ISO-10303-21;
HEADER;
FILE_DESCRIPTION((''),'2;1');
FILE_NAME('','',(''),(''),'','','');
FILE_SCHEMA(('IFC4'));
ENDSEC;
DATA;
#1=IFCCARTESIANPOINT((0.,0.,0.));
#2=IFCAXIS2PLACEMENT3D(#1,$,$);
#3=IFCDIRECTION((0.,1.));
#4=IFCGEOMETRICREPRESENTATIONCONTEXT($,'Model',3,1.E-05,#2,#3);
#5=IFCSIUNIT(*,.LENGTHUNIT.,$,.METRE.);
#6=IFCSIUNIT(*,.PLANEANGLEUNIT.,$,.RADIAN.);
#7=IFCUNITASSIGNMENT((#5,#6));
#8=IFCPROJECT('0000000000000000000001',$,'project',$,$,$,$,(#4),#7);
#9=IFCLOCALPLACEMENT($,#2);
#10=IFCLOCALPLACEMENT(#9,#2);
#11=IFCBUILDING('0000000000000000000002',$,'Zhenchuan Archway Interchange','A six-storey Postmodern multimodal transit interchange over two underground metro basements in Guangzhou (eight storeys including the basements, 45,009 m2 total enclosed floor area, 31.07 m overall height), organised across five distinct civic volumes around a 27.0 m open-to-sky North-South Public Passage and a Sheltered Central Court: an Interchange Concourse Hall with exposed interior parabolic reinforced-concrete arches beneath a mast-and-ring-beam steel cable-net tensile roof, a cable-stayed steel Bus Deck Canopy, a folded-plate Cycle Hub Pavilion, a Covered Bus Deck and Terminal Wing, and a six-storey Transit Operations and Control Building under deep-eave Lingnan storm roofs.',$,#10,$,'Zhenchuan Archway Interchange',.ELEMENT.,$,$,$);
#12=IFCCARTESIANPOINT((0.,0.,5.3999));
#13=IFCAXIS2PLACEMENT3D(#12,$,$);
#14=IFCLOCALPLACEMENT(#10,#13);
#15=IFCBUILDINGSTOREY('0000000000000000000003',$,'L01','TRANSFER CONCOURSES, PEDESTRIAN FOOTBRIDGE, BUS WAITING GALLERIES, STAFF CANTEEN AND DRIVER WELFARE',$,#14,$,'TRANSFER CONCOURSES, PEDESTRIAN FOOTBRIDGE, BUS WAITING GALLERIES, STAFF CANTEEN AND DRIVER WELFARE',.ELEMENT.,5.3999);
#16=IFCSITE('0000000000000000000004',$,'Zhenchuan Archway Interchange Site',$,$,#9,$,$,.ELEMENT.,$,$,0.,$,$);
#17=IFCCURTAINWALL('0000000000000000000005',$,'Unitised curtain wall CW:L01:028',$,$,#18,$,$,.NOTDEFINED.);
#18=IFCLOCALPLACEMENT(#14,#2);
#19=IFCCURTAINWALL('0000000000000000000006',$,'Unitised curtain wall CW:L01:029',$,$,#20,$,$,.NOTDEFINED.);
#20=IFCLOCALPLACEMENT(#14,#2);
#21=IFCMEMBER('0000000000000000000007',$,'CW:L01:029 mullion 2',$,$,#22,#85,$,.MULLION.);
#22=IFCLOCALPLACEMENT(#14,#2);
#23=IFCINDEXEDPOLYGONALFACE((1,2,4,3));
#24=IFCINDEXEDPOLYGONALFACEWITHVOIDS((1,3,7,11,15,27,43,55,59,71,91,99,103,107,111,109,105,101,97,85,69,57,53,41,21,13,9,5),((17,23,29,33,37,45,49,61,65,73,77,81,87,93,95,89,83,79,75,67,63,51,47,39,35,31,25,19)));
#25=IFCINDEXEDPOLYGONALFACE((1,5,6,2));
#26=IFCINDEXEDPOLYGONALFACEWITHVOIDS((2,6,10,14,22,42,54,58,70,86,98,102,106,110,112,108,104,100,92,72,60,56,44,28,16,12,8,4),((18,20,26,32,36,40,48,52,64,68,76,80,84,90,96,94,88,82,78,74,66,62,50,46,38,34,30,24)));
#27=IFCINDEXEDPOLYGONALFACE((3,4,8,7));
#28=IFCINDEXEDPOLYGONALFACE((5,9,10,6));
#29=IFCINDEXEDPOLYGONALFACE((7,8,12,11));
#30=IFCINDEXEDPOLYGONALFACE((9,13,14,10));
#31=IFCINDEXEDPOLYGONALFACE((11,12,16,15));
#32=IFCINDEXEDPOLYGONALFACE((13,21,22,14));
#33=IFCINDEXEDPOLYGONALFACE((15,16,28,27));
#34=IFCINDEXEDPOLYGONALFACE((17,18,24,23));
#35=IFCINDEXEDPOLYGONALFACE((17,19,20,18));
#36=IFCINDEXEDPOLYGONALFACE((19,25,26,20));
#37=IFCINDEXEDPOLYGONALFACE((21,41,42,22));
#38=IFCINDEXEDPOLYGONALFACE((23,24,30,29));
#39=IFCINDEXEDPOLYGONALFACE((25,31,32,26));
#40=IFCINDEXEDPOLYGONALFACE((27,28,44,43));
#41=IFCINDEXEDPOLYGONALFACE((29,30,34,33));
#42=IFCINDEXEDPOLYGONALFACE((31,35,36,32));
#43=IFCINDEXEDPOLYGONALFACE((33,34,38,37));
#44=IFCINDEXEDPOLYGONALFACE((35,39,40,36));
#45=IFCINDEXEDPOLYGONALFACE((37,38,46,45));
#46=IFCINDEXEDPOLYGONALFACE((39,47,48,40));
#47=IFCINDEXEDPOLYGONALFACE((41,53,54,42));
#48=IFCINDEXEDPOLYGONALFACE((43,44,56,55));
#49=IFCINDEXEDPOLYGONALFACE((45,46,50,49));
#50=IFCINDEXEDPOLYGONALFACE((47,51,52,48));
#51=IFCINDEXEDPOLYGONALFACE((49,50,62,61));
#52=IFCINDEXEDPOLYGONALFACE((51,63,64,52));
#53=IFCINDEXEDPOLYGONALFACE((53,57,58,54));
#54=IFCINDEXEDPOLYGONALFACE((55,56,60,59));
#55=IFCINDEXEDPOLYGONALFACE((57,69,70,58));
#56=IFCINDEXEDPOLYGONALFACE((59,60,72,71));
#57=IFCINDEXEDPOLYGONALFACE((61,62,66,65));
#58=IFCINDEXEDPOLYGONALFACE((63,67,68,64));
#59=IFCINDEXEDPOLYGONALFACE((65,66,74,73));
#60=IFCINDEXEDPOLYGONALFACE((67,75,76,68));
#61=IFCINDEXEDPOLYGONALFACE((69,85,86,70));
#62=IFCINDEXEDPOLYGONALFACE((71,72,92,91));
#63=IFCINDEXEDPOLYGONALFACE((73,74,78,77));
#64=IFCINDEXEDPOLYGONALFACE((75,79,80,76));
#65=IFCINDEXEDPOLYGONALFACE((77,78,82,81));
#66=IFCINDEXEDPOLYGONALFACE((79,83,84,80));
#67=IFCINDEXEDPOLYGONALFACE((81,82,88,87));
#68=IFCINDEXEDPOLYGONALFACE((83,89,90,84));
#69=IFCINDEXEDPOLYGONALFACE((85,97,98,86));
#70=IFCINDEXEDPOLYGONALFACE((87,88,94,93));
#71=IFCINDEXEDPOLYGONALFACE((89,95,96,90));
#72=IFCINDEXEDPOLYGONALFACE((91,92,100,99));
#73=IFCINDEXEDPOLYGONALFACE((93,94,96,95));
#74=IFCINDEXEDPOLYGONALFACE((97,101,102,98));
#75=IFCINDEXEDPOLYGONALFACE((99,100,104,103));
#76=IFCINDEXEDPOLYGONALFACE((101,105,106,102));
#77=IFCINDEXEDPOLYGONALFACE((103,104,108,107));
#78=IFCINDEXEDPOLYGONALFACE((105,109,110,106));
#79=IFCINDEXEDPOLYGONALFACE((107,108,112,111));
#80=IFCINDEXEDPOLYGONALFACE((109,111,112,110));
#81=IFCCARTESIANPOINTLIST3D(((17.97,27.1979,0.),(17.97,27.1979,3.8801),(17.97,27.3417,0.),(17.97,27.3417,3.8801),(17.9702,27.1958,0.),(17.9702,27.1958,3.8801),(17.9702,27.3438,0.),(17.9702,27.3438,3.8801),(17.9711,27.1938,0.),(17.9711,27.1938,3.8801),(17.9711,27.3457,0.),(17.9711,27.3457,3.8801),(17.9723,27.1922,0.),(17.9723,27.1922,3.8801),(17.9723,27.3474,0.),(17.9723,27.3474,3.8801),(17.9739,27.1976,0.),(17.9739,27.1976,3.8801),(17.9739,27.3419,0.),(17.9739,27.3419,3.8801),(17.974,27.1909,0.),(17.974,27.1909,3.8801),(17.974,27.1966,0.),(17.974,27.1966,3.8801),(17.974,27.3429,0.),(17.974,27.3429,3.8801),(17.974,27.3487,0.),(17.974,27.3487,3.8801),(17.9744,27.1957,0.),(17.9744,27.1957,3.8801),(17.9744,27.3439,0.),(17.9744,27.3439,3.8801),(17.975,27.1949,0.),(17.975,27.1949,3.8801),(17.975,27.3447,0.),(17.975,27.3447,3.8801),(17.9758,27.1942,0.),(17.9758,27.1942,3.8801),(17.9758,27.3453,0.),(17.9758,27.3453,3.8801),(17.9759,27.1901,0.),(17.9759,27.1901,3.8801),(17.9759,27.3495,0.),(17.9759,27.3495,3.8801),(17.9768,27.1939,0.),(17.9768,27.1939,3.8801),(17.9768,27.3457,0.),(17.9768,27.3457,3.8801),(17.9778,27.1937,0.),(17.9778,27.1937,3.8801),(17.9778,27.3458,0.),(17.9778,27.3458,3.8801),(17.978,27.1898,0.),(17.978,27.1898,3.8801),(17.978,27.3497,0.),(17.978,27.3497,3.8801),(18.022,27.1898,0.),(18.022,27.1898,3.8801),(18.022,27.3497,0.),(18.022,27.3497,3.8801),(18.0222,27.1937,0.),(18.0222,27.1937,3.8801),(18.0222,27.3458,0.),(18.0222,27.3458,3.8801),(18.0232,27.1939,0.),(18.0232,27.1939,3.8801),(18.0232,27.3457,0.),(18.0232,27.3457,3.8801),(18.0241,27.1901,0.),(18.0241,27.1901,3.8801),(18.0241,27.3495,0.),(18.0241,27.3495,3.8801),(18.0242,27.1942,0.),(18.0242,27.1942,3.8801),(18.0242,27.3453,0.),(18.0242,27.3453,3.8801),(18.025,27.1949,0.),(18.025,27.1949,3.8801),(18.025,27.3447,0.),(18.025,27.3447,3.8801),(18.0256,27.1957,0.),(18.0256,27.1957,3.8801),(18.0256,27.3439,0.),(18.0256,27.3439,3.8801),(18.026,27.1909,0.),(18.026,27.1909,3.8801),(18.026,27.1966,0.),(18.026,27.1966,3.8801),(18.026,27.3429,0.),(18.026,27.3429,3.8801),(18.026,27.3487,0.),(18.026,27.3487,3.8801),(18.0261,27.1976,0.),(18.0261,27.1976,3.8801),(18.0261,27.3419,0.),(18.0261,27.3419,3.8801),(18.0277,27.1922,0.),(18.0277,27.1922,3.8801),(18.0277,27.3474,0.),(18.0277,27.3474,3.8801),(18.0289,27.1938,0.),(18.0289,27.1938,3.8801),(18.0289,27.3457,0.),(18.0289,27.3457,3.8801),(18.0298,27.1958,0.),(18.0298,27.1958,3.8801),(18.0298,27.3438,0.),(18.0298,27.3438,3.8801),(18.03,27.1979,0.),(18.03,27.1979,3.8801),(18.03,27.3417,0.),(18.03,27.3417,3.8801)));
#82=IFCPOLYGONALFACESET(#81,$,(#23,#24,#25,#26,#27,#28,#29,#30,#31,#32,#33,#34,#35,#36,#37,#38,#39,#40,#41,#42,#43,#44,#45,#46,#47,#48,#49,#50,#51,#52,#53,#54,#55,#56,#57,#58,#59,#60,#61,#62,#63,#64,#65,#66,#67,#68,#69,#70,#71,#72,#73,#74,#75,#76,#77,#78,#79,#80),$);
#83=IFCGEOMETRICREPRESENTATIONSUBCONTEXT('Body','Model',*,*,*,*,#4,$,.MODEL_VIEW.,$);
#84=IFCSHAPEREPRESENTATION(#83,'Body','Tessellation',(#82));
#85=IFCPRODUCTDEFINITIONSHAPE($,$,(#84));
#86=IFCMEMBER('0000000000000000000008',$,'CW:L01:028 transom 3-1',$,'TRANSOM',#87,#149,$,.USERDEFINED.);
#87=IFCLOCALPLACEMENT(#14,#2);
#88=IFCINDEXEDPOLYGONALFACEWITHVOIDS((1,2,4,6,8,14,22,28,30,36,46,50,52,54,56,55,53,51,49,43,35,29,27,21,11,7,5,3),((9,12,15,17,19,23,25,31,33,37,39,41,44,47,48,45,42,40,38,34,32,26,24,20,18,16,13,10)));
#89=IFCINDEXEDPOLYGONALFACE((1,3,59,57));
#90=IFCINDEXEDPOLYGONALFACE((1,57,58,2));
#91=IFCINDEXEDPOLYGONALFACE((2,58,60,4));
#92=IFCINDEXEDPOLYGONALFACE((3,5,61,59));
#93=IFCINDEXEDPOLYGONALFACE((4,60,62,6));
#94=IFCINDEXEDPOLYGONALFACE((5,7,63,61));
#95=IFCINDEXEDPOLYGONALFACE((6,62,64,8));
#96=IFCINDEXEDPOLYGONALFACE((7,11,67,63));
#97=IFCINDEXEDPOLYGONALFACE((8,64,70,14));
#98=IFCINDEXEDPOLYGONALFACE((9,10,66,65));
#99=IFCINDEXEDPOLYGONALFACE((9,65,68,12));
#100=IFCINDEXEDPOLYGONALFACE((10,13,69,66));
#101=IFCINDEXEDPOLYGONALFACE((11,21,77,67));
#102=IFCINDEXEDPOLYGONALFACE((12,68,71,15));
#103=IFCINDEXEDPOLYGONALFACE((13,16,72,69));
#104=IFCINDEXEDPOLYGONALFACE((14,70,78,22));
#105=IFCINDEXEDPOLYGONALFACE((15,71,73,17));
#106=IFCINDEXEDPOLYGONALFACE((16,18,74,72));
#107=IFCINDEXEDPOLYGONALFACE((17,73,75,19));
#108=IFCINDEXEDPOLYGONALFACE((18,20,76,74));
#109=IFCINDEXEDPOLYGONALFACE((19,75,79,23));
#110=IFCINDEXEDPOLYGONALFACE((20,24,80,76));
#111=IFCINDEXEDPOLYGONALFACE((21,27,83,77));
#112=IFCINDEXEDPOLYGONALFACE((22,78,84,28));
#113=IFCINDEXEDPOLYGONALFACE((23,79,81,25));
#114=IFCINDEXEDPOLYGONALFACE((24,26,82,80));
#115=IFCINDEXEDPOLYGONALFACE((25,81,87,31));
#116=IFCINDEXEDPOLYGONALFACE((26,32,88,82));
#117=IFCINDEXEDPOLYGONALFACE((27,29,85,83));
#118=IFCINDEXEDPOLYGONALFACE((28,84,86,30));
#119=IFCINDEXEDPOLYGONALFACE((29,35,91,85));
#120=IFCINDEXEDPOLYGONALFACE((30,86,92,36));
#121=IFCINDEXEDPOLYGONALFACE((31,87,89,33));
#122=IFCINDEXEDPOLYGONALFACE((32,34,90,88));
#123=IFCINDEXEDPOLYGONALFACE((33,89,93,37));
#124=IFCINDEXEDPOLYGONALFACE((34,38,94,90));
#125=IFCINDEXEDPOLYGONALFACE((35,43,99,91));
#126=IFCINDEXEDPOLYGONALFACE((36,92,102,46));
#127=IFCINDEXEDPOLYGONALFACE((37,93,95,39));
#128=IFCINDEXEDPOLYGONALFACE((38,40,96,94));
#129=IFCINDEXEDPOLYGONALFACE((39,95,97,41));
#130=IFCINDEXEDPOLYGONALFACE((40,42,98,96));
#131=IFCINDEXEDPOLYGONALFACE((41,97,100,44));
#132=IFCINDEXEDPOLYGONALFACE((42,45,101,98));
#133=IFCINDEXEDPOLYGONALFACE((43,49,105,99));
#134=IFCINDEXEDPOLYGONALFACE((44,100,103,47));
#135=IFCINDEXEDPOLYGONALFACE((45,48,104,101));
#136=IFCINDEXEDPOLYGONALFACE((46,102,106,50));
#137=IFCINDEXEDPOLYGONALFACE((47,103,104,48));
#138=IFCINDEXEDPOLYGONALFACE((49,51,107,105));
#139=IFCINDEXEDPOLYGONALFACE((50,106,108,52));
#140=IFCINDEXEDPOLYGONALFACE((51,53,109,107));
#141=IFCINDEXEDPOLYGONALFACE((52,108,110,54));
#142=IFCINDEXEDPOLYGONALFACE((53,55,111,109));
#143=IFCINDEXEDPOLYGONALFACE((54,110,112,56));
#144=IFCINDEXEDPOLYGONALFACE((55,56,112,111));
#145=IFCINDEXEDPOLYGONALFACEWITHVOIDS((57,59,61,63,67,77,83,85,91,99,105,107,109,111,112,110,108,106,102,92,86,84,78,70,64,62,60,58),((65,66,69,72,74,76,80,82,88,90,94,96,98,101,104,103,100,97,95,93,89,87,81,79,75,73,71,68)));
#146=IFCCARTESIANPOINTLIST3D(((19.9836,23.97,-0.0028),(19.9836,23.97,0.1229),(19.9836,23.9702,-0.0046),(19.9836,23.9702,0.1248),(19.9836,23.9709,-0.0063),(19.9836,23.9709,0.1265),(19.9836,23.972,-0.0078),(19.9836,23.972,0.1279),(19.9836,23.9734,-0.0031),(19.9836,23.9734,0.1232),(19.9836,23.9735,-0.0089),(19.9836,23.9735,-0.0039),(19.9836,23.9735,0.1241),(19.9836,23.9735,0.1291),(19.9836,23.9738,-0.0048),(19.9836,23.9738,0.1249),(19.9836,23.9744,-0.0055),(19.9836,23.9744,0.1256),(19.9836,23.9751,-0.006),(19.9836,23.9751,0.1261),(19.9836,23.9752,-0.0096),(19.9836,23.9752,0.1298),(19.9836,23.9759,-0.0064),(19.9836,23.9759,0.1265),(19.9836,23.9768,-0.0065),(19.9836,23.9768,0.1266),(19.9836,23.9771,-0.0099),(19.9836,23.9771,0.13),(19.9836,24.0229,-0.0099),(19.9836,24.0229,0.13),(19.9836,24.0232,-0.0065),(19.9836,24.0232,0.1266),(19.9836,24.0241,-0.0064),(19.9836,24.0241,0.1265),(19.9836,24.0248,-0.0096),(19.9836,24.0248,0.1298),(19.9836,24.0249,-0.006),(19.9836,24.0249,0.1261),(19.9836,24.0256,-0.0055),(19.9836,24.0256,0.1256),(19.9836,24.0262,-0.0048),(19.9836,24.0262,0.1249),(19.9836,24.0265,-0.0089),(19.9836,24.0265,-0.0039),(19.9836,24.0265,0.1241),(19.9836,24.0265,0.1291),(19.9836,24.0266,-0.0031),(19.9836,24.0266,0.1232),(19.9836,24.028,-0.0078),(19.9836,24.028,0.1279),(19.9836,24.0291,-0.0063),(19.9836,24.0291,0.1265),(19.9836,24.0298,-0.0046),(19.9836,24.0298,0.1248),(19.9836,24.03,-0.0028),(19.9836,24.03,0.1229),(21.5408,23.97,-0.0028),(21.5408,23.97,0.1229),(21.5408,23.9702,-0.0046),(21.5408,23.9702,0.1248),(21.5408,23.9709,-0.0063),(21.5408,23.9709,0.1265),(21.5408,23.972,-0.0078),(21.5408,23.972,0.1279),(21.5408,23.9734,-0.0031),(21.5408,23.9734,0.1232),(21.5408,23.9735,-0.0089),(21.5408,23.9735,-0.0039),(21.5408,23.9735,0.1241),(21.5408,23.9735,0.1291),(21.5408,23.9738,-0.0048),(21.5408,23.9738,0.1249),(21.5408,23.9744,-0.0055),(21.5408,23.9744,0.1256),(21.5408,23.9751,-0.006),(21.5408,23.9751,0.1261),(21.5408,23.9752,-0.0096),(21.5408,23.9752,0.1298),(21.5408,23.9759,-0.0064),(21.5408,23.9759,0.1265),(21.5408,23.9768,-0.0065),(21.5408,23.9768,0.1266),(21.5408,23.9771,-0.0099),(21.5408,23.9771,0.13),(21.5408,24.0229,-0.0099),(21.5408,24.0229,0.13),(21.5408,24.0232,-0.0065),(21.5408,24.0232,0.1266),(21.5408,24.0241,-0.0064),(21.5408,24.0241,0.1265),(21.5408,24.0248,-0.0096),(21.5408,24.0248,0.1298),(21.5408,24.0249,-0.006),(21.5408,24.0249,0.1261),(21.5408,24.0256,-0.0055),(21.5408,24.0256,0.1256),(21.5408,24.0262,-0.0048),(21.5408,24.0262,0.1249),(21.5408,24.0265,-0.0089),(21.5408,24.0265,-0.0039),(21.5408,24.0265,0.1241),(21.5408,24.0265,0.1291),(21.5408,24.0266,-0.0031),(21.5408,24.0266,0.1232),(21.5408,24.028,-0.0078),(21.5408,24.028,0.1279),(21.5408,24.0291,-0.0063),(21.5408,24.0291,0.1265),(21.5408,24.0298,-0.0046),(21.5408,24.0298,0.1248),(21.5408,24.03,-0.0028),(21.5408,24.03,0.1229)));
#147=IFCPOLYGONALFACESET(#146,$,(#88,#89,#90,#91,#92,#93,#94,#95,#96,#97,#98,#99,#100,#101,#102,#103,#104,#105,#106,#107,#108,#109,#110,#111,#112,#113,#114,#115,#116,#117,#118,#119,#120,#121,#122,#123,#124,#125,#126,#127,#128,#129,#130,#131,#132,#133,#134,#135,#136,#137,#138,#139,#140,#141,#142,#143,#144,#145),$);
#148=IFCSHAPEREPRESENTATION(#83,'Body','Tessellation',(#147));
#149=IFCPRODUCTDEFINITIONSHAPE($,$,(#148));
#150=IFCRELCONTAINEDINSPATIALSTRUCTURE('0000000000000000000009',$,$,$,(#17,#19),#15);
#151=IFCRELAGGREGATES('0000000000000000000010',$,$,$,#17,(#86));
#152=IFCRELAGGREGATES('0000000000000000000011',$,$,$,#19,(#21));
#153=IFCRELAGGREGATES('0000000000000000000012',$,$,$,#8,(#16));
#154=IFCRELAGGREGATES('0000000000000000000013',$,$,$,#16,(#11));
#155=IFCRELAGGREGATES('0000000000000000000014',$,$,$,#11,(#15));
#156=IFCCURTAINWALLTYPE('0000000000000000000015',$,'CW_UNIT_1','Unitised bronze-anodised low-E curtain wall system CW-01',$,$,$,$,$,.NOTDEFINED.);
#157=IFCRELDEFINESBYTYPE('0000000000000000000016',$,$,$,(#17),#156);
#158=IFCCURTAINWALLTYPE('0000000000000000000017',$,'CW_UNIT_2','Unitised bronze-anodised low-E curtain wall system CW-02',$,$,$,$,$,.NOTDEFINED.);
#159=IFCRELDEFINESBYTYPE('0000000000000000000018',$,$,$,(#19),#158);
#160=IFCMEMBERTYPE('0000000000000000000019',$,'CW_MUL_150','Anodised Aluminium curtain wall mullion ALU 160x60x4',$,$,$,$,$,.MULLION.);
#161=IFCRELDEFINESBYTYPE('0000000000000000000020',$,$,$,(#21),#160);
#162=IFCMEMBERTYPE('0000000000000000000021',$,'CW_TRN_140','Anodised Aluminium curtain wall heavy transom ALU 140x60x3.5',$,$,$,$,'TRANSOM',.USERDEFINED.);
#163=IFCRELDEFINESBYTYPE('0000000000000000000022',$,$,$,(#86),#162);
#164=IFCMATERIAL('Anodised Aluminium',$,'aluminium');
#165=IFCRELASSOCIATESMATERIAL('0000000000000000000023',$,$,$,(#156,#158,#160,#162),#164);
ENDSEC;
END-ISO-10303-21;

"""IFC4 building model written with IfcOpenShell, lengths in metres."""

from ifc_helpers import new_model, si_unit, direction, frame, origin, origin_2d, place, context, subcontext, project, spatial, hollow_rectangle, extrude, material, material_profile, profile_set, type_object, element, aggregate, save


model = new_model("IFC4")

# Units and contexts
model_context = context("Model", 3, precision=1e-05, world=origin(), true_north=direction((0.0, 1.0)))
body_context = subcontext(model_context, "Body", "Model", "MODEL_VIEW")
ifc_project = project(units=[si_unit("LENGTHUNIT", "METRE"), si_unit("PLANEANGLEUNIT", "RADIAN")], contexts=[model_context])

# Site, building, storey
site_placement = place(None, origin())
site = spatial("IfcSite", under=ifc_project, at=site_placement, Name="Zhenchuan Archway Interchange Site", CompositionType="ELEMENT", RefElevation=0.0)
building_placement = place(site_placement, origin())
building = spatial("IfcBuilding", under=site, at=building_placement, Name="Zhenchuan Archway Interchange", Description="A six-storey Postmodern multimodal transit interchange over two underground metro basements in Guangzhou (eight storeys including the basements, 45,009 m2 total enclosed floor area, 31.07 m overall height), organised across five distinct civic volumes around a 27.0 m open-to-sky North-South Public Passage and a Sheltered Central Court: an Interchange Concourse Hall with exposed interior parabolic reinforced-concrete arches beneath a mast-and-ring-beam steel cable-net tensile roof, a cable-stayed steel Bus Deck Canopy, a folded-plate Cycle Hub Pavilion, a Covered Bus Deck and Terminal Wing, and a six-storey Transit Operations and Control Building under deep-eave Lingnan storm roofs.", LongName="Zhenchuan Archway Interchange", CompositionType="ELEMENT")
storey_placement = place(building_placement, frame((0.0, 0.0, 5.3999)))
storey = spatial("IfcBuildingStorey", under=building, at=storey_placement, Name="L01", Description="TRANSFER CONCOURSES, PEDESTRIAN FOOTBRIDGE, BUS WAITING GALLERIES, STAFF CANTEEN AND DRIVER WELFARE", LongName="TRANSFER CONCOURSES, PEDESTRIAN FOOTBRIDGE, BUS WAITING GALLERIES, STAFF CANTEEN AND DRIVER WELFARE", CompositionType="ELEMENT", Elevation=5.3999)

# Curtain walls, member
ifc_material_1 = material(Name="Anodised Aluminium", Category="aluminium")
curtain_wall_type_1 = type_object("IfcCurtainWallType", Name="CW_UNIT_1", Description="Unitised bronze-anodised low-E curtain wall system CW-01", PredefinedType="NOTDEFINED", material=ifc_material_1)
curtain_wall_1_placement = place(storey_placement, origin())
curtain_wall_1 = element("IfcCurtainWall", 1, at=curtain_wall_1_placement, inside=storey, type_object=curtain_wall_type_1, Name="Unitised curtain wall CW:L01:028", PredefinedType="NOTDEFINED")
ifc_material_profile_1 = material_profile(ifc_material_1, hollow_rectangle(XDim=0.0601, YDim=0.1599, WallThickness=0.0039, InnerFilletRadius=0.0039, OuterFilletRadius=0.0081, at=origin_2d()), Name="ALU 160x60x4")
ifc_profile_set_1 = profile_set([ifc_material_profile_1], Name="Anodised Aluminium")
member_type_1 = type_object("IfcMemberType", Name="CW_MUL_150", Description="Anodised Aluminium curtain wall mullion ALU 160x60x4", PredefinedType="MULLION", material=ifc_profile_set_1)
curtain_wall_type_2 = type_object("IfcCurtainWallType", Name="CW_UNIT_2", Description="Unitised bronze-anodised low-E curtain wall system CW-02", PredefinedType="NOTDEFINED", material=ifc_material_1)
curtain_wall_2_placement = place(storey_placement, origin())
curtain_wall_2 = element("IfcCurtainWall", 2, at=curtain_wall_2_placement, inside=storey, type_object=curtain_wall_type_2, Name="Unitised curtain wall CW:L01:029", PredefinedType="NOTDEFINED")
member_1_placement = place(storey_placement, frame((18.0, 27.2698, 0.0), z_axis=(0.0, 0.0, 1.0), x_axis=(1.0, 0.0, 0.0)))
member_1 = element("IfcMember", 3, at=member_1_placement, type_object=member_type_1, Name="CW:L01:029 mullion 2", PredefinedType="MULLION", context=body_context, shape_type="SweptSolid", body=[
    extrude(hollow_rectangle(XDim=0.0601, YDim=0.1599, WallThickness=0.0039, InnerFilletRadius=0.0039, OuterFilletRadius=0.0081, at=origin_2d()), origin(), (0.0, 0.0, 1.0), 3.8801),
])

# Member
ifc_material_profile_2 = material_profile(ifc_material_1, hollow_rectangle(XDim=0.0601, YDim=0.1399, WallThickness=0.0034, InnerFilletRadius=0.0034, OuterFilletRadius=0.0071, at=origin_2d()), Name="ALU 140x60x3.5")
ifc_profile_set_2 = profile_set([ifc_material_profile_2], Name="Anodised Aluminium")
member_type_2 = type_object("IfcMemberType", Name="CW_TRN_140", Description="Anodised Aluminium curtain wall heavy transom ALU 140x60x3.5", ElementType="TRANSOM", PredefinedType="USERDEFINED", material=ifc_profile_set_2)
member_2_placement = place(storey_placement, frame((21.5408, 24.0, 0.0601), z_axis=(-1.0, 0.0, 0.0), x_axis=(0.0, -1.0, 0.0)))
member_2 = element("IfcMember", 4, at=member_2_placement, type_object=member_type_2, Name="CW:L01:028 transom 3-1", ObjectType="TRANSOM", PredefinedType="USERDEFINED", context=body_context, shape_type="SweptSolid", body=[
    extrude(hollow_rectangle(XDim=0.0601, YDim=0.1399, WallThickness=0.0034, InnerFilletRadius=0.0034, OuterFilletRadius=0.0071, at=origin_2d()), origin(), (0.0, 0.0, 1.0), 1.5571),
])

aggregate(curtain_wall_1, [member_2])
aggregate(curtain_wall_2, [member_1])

save(model, "model.ifc")
